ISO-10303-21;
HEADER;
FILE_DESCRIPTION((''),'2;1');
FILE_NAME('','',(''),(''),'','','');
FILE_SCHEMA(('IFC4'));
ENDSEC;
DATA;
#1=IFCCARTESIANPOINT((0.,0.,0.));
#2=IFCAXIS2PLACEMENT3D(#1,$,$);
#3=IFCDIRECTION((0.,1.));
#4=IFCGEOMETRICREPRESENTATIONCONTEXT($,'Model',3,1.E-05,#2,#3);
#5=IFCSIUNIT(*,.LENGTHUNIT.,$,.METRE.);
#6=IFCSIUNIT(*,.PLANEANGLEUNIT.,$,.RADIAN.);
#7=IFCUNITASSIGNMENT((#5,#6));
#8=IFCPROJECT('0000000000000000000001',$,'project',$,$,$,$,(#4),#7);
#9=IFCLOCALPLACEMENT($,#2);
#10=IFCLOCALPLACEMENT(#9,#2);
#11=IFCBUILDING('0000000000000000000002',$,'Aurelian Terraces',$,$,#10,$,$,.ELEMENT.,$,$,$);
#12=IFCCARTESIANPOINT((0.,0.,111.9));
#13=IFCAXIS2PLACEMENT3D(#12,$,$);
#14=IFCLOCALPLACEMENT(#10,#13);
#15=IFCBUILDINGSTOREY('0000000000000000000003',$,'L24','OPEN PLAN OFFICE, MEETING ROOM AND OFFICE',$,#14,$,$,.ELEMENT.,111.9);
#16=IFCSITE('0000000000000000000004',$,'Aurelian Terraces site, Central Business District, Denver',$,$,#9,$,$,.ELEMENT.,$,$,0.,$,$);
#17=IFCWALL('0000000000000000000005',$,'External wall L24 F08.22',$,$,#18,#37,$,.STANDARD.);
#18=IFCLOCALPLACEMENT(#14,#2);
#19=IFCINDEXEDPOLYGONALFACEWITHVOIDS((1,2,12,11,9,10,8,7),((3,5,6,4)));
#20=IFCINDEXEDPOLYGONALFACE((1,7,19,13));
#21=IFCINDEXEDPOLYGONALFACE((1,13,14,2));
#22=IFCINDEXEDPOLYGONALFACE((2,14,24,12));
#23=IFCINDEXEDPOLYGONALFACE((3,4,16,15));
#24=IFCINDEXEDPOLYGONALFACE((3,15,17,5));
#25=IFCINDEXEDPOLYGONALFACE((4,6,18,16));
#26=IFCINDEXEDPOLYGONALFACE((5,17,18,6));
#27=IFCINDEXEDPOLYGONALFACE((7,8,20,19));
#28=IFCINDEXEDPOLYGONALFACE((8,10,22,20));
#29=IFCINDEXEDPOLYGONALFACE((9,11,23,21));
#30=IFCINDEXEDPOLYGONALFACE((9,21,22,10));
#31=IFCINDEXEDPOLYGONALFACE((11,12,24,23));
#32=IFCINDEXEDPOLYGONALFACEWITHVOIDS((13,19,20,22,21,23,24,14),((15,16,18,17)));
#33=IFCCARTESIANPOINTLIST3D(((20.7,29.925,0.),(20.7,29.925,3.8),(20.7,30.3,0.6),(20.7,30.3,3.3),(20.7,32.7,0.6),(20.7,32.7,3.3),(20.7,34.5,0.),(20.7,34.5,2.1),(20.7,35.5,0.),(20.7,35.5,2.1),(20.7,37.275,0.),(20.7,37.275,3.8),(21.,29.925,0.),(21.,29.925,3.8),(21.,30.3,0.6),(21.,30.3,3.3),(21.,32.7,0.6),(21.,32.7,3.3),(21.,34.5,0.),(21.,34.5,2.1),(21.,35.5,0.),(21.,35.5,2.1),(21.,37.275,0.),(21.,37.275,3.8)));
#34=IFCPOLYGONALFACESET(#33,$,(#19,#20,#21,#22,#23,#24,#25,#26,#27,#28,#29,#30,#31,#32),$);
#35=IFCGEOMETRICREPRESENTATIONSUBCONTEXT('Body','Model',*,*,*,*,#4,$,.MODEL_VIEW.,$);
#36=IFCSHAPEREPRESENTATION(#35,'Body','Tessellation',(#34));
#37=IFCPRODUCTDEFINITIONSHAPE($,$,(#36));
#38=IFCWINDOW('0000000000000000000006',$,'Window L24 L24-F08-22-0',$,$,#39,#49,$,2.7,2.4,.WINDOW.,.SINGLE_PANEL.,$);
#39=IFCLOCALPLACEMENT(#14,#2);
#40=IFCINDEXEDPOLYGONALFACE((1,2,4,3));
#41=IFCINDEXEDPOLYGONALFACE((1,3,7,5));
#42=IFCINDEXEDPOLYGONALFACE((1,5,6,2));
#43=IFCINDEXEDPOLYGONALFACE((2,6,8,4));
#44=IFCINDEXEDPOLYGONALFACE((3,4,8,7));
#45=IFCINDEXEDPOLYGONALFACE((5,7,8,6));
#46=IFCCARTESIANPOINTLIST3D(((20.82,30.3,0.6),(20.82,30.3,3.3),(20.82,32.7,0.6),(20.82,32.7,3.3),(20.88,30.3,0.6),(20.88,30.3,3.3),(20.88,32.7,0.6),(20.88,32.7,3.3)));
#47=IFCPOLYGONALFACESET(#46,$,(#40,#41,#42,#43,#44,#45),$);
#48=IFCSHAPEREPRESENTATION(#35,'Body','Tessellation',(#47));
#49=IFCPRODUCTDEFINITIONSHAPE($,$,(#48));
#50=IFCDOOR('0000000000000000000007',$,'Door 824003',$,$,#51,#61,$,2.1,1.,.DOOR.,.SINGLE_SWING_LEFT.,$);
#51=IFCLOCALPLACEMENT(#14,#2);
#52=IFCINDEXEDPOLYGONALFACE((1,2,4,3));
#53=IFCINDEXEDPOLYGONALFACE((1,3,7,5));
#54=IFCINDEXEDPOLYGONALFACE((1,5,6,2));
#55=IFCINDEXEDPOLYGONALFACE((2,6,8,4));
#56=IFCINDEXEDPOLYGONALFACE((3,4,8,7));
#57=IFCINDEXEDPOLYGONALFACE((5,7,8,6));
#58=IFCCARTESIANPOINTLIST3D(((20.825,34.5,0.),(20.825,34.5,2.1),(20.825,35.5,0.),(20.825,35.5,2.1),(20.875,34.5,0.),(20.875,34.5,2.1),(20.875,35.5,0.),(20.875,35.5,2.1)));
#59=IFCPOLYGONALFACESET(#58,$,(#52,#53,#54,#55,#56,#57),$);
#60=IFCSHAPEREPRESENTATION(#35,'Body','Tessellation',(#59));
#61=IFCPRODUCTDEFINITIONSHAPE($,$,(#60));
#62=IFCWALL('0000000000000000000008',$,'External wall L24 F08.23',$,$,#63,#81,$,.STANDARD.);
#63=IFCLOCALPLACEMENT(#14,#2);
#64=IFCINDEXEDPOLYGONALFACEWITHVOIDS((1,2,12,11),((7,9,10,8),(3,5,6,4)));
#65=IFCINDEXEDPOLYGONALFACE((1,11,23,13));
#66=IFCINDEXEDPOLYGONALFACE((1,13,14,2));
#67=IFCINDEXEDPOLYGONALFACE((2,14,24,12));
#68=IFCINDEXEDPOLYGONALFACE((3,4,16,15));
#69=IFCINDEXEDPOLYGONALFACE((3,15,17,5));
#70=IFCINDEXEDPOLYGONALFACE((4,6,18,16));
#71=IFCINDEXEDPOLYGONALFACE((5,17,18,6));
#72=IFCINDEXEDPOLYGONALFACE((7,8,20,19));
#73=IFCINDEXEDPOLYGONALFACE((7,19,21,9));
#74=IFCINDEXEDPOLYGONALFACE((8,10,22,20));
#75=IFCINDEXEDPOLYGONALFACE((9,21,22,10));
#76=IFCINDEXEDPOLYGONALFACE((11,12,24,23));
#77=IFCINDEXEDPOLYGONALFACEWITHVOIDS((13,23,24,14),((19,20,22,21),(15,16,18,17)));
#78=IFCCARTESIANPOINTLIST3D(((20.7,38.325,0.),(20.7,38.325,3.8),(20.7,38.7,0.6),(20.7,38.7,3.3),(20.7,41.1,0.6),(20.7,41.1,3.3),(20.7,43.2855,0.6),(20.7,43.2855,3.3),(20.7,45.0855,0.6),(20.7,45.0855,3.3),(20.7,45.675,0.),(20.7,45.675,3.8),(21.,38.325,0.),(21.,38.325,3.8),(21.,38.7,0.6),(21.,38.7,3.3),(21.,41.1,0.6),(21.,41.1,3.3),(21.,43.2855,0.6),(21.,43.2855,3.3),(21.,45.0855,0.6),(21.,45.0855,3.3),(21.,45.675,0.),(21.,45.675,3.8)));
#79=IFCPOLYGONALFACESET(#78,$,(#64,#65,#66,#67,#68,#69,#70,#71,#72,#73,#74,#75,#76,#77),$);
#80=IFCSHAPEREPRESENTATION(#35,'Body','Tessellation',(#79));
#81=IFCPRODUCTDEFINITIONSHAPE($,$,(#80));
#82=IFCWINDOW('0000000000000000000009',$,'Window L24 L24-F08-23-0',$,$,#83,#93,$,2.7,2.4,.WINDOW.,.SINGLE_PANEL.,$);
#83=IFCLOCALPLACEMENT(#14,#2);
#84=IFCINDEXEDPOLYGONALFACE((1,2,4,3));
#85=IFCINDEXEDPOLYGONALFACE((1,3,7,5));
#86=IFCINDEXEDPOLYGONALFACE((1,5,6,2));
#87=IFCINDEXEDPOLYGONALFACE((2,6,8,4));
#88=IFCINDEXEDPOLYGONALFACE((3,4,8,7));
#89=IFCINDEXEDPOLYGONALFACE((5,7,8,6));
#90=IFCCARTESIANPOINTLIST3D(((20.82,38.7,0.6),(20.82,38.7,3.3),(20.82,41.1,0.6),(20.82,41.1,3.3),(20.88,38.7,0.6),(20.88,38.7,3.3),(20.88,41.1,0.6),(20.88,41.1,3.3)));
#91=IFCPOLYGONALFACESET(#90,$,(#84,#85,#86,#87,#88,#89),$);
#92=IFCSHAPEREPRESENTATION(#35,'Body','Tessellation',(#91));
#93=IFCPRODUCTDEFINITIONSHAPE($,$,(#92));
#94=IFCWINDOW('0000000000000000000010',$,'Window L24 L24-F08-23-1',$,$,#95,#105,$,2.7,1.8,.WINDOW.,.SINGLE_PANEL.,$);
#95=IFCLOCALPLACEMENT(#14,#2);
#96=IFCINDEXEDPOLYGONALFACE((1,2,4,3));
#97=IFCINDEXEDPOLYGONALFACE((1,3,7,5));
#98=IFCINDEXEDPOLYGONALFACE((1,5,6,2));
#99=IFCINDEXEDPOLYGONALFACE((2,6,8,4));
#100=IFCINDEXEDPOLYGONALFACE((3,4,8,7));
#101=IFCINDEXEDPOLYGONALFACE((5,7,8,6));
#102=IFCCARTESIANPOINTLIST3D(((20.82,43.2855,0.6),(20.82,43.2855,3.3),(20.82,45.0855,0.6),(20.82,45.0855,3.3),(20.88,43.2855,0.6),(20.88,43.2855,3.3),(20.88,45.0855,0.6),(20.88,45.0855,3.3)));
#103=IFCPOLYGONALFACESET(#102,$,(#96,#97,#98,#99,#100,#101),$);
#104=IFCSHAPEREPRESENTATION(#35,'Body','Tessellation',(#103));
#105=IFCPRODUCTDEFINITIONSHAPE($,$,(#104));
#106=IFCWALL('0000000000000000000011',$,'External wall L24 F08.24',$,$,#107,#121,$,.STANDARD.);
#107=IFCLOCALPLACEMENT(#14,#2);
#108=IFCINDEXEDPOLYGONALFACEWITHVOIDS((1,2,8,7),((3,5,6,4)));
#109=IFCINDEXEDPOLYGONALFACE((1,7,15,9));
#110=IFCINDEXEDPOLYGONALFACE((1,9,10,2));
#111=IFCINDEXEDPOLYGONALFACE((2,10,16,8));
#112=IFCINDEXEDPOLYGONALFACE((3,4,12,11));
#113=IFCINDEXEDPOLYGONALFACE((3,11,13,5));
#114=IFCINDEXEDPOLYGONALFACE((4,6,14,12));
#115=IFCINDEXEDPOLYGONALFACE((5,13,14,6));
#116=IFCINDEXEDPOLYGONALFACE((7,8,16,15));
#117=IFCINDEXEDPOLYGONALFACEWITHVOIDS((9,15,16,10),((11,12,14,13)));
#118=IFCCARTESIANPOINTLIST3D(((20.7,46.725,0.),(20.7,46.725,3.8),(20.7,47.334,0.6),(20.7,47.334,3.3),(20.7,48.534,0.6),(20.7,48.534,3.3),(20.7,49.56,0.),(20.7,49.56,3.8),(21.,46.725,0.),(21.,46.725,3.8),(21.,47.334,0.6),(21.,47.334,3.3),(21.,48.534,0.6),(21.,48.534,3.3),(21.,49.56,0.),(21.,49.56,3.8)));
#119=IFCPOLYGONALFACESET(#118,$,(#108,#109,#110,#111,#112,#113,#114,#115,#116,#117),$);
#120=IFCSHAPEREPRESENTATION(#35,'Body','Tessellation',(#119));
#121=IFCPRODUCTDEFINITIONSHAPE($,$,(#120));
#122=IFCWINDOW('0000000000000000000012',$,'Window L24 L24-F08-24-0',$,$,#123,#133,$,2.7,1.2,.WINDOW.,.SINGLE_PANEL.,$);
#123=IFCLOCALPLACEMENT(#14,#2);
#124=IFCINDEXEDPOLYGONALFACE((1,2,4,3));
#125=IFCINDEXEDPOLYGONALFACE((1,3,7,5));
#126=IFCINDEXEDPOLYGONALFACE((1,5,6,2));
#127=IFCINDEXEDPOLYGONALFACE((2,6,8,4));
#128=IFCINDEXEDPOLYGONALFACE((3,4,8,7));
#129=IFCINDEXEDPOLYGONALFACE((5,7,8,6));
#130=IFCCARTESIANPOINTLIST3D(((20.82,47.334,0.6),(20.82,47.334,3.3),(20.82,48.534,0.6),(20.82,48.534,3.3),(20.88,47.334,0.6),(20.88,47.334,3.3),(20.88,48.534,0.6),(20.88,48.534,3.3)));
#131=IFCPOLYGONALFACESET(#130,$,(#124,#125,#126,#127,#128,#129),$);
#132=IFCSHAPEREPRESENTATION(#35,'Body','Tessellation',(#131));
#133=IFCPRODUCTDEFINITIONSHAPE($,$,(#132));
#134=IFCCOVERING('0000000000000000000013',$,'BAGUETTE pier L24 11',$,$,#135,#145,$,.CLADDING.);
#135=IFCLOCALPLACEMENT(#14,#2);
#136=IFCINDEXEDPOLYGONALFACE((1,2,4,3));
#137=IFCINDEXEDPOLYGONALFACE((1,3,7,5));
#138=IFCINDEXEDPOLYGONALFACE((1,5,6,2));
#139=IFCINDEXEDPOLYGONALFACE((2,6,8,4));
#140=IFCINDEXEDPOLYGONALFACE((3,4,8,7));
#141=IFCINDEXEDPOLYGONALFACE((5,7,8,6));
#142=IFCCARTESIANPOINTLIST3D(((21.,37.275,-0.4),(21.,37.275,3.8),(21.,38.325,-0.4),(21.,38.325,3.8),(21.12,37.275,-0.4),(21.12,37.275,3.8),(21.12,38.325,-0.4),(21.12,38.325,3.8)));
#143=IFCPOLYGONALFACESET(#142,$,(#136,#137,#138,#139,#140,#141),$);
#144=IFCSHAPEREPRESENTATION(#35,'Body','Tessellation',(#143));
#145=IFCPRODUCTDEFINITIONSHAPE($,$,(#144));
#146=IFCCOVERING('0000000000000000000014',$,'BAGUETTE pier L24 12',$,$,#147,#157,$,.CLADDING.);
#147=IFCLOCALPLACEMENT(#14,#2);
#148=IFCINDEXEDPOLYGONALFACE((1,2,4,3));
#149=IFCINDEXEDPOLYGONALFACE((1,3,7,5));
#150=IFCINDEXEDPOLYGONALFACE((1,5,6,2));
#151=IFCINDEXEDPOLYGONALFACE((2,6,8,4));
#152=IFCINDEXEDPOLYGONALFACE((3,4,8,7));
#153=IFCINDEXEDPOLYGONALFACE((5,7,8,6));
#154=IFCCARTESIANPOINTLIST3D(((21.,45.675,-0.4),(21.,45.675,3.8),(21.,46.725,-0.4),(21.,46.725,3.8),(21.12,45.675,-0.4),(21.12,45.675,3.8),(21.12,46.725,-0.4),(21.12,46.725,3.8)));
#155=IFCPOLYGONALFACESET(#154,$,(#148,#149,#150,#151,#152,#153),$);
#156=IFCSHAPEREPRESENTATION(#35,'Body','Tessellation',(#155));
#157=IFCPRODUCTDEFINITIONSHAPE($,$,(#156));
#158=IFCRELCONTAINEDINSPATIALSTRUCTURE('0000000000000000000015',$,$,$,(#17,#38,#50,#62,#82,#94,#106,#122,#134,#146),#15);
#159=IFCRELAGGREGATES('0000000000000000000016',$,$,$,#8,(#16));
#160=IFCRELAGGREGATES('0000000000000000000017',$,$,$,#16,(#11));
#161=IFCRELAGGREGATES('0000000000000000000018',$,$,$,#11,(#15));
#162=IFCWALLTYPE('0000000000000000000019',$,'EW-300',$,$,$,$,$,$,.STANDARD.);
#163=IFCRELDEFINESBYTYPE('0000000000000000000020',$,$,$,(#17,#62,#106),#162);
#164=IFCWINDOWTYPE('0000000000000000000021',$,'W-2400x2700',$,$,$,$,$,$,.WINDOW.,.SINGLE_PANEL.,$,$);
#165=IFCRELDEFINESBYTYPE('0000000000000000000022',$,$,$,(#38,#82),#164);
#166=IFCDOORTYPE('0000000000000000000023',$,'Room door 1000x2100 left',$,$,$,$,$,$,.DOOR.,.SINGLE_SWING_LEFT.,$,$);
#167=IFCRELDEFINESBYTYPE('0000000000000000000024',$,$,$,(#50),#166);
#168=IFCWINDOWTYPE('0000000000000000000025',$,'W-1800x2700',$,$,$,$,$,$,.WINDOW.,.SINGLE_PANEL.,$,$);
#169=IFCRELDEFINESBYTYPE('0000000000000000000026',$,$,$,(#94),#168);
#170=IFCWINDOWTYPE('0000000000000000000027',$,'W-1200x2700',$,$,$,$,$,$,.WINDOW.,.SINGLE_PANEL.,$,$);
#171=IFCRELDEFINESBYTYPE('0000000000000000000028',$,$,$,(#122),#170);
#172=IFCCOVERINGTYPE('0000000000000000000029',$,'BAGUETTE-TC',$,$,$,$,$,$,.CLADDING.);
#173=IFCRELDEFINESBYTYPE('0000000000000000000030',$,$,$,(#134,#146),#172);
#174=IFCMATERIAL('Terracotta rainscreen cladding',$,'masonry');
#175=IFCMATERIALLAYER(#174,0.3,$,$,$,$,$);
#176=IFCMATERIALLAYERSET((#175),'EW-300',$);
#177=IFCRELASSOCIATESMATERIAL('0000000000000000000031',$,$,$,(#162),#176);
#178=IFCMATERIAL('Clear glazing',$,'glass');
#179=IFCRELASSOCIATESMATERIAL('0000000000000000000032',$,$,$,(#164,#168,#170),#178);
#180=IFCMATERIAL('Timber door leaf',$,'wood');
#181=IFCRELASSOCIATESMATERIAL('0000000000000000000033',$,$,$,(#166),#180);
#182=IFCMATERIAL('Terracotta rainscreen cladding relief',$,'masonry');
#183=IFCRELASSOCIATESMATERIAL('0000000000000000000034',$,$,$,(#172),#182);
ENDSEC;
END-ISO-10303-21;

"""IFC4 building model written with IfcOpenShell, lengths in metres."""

from ifc_helpers import new_model, si_unit, direction, frame, frame_2d, origin, origin_2d, place, context, subcontext, project, spatial, rectangle, extrude, source, transform, mapped, material, layer, layer_set, type_object, element, fill, save


model = new_model("IFC4")

# Units and contexts
model_context = context("Model", 3, precision=1e-05, world=origin(), true_north=direction((0.0, 1.0)))
body_context = subcontext(model_context, "Body", "Model", "MODEL_VIEW")
ifc_project = project(units=[si_unit("LENGTHUNIT", "METRE"), si_unit("PLANEANGLEUNIT", "RADIAN")], contexts=[model_context])

# Site, building, storey
site_placement = place(None, origin())
site = spatial("IfcSite", under=ifc_project, at=site_placement, Name="Aurelian Terraces site, Central Business District, Denver", CompositionType="ELEMENT", RefElevation=0.0)
building_placement = place(site_placement, origin())
building = spatial("IfcBuilding", under=site, at=building_placement, Name="Aurelian Terraces", CompositionType="ELEMENT")
storey_placement = place(building_placement, frame((0.0, 0.0, 111.9)))
storey = spatial("IfcBuildingStorey", under=building, at=storey_placement, Name="L24", Description="OPEN PLAN OFFICE, MEETING ROOM AND OFFICE", CompositionType="ELEMENT", Elevation=111.9)

# Shared definitions
ifc_material_1 = material(Name="Terracotta rainscreen cladding", Category="masonry")
ifc_layer_1 = layer(ifc_material_1, 0.3)
ifc_layer_set_1 = layer_set([ifc_layer_1], Name="EW-300")
wall_type_1 = type_object("IfcWallType", Name="EW-300", PredefinedType="STANDARD", material=ifc_layer_set_1)
ifc_material_2 = material(Name="Clear glazing", Category="glass")
window_type_1 = type_object("IfcWindowType", Name="W-2400x2700", PartitioningType="SINGLE_PANEL", PredefinedType="WINDOW", material=ifc_material_2)
shared_shape_1 = source(origin(), body_context, "Body", "SweptSolid", [
    extrude(rectangle(XDim=2.4, YDim=2.7, at=frame_2d((1.2, 1.35))), frame((0.0, 0.03, 0.0), z_axis=(0.0, -1.0, 0.0), x_axis=(1.0, 0.0, 0.0)), (0.0, 0.0, 1.0), 0.06),
])

# Wall, openings, window, door
shared_shape_2 = source(origin(), body_context, "Body", "SweptSolid", [
    extrude(rectangle(XDim=7.35, YDim=0.3, at=frame_2d((3.675, 0.0))), origin(), (0.0, 0.0, 1.0), 3.8),
])
wall_1_placement = place(storey_placement, frame((20.85, 29.925, 0.0), z_axis=(0.0, 0.0, 1.0), x_axis=(0.0, 1.0, 0.0)))
wall_1 = element("IfcWall", 1, at=wall_1_placement, inside=storey, type_object=wall_type_1, Name="External wall L24 F08.22", PredefinedType="STANDARD", context=body_context, shape_type="MappedRepresentation", body=[
    mapped(shared_shape_2, transform((0.0, 0.0, 0.0), scale=1.0)),
])
shared_shape_3 = source(origin(), body_context, "Body", "SweptSolid", [
    extrude(rectangle(XDim=2.4, YDim=2.7, at=frame_2d((1.2, 1.35))), frame((0.0, 0.16, 0.0), z_axis=(0.0, -1.0, 0.0), x_axis=(1.0, 0.0, 0.0)), (0.0, 0.0, 1.0), 0.32),
])
opening_1_placement = place(wall_1_placement, frame((0.375, 0.0, 0.6)))
opening_1 = element("IfcOpeningElement", 2, at=opening_1_placement, cuts=wall_1, PredefinedType="OPENING", context=body_context, shape_type="MappedRepresentation", body=[
    mapped(shared_shape_3, transform((0.0, 0.0, 0.0), scale=1.0)),
])
shared_shape_4 = source(origin(), body_context, "Body", "SweptSolid", [
    extrude(rectangle(XDim=1.0, YDim=2.1, at=frame_2d((0.5, 1.05))), frame((0.0, 0.16, 0.0), z_axis=(0.0, -1.0, 0.0), x_axis=(1.0, 0.0, 0.0)), (0.0, 0.0, 1.0), 0.32),
])
opening_2_placement = place(wall_1_placement, frame((4.575, 0.0, 0.0)))
opening_2 = element("IfcOpeningElement", 3, at=opening_2_placement, cuts=wall_1, PredefinedType="OPENING", context=body_context, shape_type="MappedRepresentation", body=[
    mapped(shared_shape_4, transform((0.0, 0.0, 0.0), scale=1.0)),
])
window_1_placement = place(opening_1_placement, origin())
window_1 = element("IfcWindow", 4, at=window_1_placement, inside=storey, type_object=window_type_1, Name="Window L24 L24-F08-22-0", OverallHeight=2.7, OverallWidth=2.4, PartitioningType="SINGLE_PANEL", PredefinedType="WINDOW", context=body_context, shape_type="MappedRepresentation", body=[
    mapped(shared_shape_1, transform((0.0, 0.0, 0.0), scale=1.0)),
])
fill(opening_1, window_1)
ifc_material_3 = material(Name="Timber door leaf", Category="wood")
door_type = type_object("IfcDoorType", Name="Room door 1000x2100 left", OperationType="SINGLE_SWING_LEFT", PredefinedType="DOOR", material=ifc_material_3)
shared_shape_5 = source(origin(), body_context, "Body", "SweptSolid", [
    extrude(rectangle(XDim=1.0, YDim=2.1, at=frame_2d((0.5, 1.05))), frame((0.0, 0.025, 0.0), z_axis=(0.0, -1.0, 0.0), x_axis=(1.0, 0.0, 0.0)), (0.0, 0.0, 1.0), 0.05),
])
door_placement = place(opening_2_placement, origin())
door = element("IfcDoor", 5, at=door_placement, inside=storey, type_object=door_type, Name="Door 824003", OperationType="SINGLE_SWING_LEFT", OverallHeight=2.1, OverallWidth=1.0, PredefinedType="DOOR", context=body_context, shape_type="MappedRepresentation", body=[
    mapped(shared_shape_5, transform((0.0, 0.0, 0.0), scale=1.0)),
])
fill(opening_2, door)

# Wall, openings, windows
wall_2_placement = place(storey_placement, frame((20.85, 38.325, 0.0), z_axis=(0.0, 0.0, 1.0), x_axis=(0.0, 1.0, 0.0)))
wall_2 = element("IfcWall", 6, at=wall_2_placement, inside=storey, type_object=wall_type_1, Name="External wall L24 F08.23", PredefinedType="STANDARD", context=body_context, shape_type="MappedRepresentation", body=[
    mapped(shared_shape_2, transform((0.0, 0.0, 0.0), scale=1.0)),
])
opening_3_placement = place(wall_2_placement, frame((0.375, 0.0, 0.6)))
opening_3 = element("IfcOpeningElement", 7, at=opening_3_placement, cuts=wall_2, PredefinedType="OPENING", context=body_context, shape_type="MappedRepresentation", body=[
    mapped(shared_shape_3, transform((0.0, 0.0, 0.0), scale=1.0)),
])
shared_shape_6 = source(origin(), body_context, "Body", "SweptSolid", [
    extrude(rectangle(XDim=1.8, YDim=2.7, at=frame_2d((0.9, 1.35))), frame((0.0, 0.16, 0.0), z_axis=(0.0, -1.0, 0.0), x_axis=(1.0, 0.0, 0.0)), (0.0, 0.0, 1.0), 0.32),
])
opening_4_placement = place(wall_2_placement, frame((4.9605, 0.0, 0.6)))
opening_4 = element("IfcOpeningElement", 8, at=opening_4_placement, cuts=wall_2, PredefinedType="OPENING", context=body_context, shape_type="MappedRepresentation", body=[
    mapped(shared_shape_6, transform((0.0, 0.0, 0.0), scale=1.0)),
])
window_2_placement = place(opening_3_placement, origin())
window_2 = element("IfcWindow", 9, at=window_2_placement, inside=storey, type_object=window_type_1, Name="Window L24 L24-F08-23-0", OverallHeight=2.7, OverallWidth=2.4, PartitioningType="SINGLE_PANEL", PredefinedType="WINDOW", context=body_context, shape_type="MappedRepresentation", body=[
    mapped(shared_shape_1, transform((0.0, 0.0, 0.0), scale=1.0)),
])
fill(opening_3, window_2)
window_type_2 = type_object("IfcWindowType", Name="W-1800x2700", PartitioningType="SINGLE_PANEL", PredefinedType="WINDOW", material=ifc_material_2)
shared_shape_7 = source(origin(), body_context, "Body", "SweptSolid", [
    extrude(rectangle(XDim=1.8, YDim=2.7, at=frame_2d((0.9, 1.35))), frame((0.0, 0.03, 0.0), z_axis=(0.0, -1.0, 0.0), x_axis=(1.0, 0.0, 0.0)), (0.0, 0.0, 1.0), 0.06),
])
window_3_placement = place(opening_4_placement, origin())
window_3 = element("IfcWindow", 10, at=window_3_placement, inside=storey, type_object=window_type_2, Name="Window L24 L24-F08-23-1", OverallHeight=2.7, OverallWidth=1.8, PartitioningType="SINGLE_PANEL", PredefinedType="WINDOW", context=body_context, shape_type="MappedRepresentation", body=[
    mapped(shared_shape_7, transform((0.0, 0.0, 0.0), scale=1.0)),
])
fill(opening_4, window_3)

# Wall, opening, window
shared_shape_8 = source(origin(), body_context, "Body", "SweptSolid", [
    extrude(rectangle(XDim=2.835, YDim=0.3, at=frame_2d((1.4175, 0.0))), origin(), (0.0, 0.0, 1.0), 3.8),
])
wall_3_placement = place(storey_placement, frame((20.85, 46.725, 0.0), z_axis=(0.0, 0.0, 1.0), x_axis=(0.0, 1.0, 0.0)))
wall_3 = element("IfcWall", 11, at=wall_3_placement, inside=storey, type_object=wall_type_1, Name="External wall L24 F08.24", PredefinedType="STANDARD", context=body_context, shape_type="MappedRepresentation", body=[
    mapped(shared_shape_8, transform((0.0, 0.0, 0.0), scale=1.0)),
])
shared_shape_9 = source(origin(), body_context, "Body", "SweptSolid", [
    extrude(rectangle(XDim=1.2, YDim=2.7, at=frame_2d((0.6, 1.35))), frame((0.0, 0.16, 0.0), z_axis=(0.0, -1.0, 0.0), x_axis=(1.0, 0.0, 0.0)), (0.0, 0.0, 1.0), 0.32),
])
opening_5_placement = place(wall_3_placement, frame((0.609, 0.0, 0.6)))
opening_5 = element("IfcOpeningElement", 12, at=opening_5_placement, cuts=wall_3, PredefinedType="OPENING", context=body_context, shape_type="MappedRepresentation", body=[
    mapped(shared_shape_9, transform((0.0, 0.0, 0.0), scale=1.0)),
])
window_type_3 = type_object("IfcWindowType", Name="W-1200x2700", PartitioningType="SINGLE_PANEL", PredefinedType="WINDOW", material=ifc_material_2)
shared_shape_10 = source(origin(), body_context, "Body", "SweptSolid", [
    extrude(rectangle(XDim=1.2, YDim=2.7, at=frame_2d((0.6, 1.35))), frame((0.0, 0.03, 0.0), z_axis=(0.0, -1.0, 0.0), x_axis=(1.0, 0.0, 0.0)), (0.0, 0.0, 1.0), 0.06),
])
window_4_placement = place(opening_5_placement, origin())
window_4 = element("IfcWindow", 13, at=window_4_placement, inside=storey, type_object=window_type_3, Name="Window L24 L24-F08-24-0", OverallHeight=2.7, OverallWidth=1.2, PartitioningType="SINGLE_PANEL", PredefinedType="WINDOW", context=body_context, shape_type="MappedRepresentation", body=[
    mapped(shared_shape_10, transform((0.0, 0.0, 0.0), scale=1.0)),
])
fill(opening_5, window_4)

# Coverings
ifc_material_4 = material(Name="Terracotta rainscreen cladding relief", Category="masonry")
covering_type = type_object("IfcCoveringType", Name="BAGUETTE-TC", PredefinedType="CLADDING", material=ifc_material_4)
shared_shape_11 = source(origin(), body_context, "Body", "SweptSolid", [
    extrude(rectangle(XDim=0.12, YDim=1.05, at=origin_2d()), origin(), (0.0, 0.0, 1.0), 4.2),
])
for number, where, z_axis, x_axis, name in (
    (14, (21.06, 37.8, -0.4), (0.0, 0.0, 1.0), (1.0, 0.0, 0.0), "BAGUETTE pier L24 11"),
    (15, (21.06, 46.2, -0.4), (0.0, 0.0, 1.0), (1.0, 0.0, 0.0), "BAGUETTE pier L24 12"),
):
    element("IfcCovering", number, at=place(storey_placement, frame(where, z_axis=z_axis, x_axis=x_axis)), inside=storey, type_object=covering_type, Name=name, PredefinedType="CLADDING", context=body_context, shape_type="MappedRepresentation", body=[
        mapped(shared_shape_11, transform((0.0, 0.0, 0.0), scale=1.0)),
    ])

save(model, "model.ifc")
